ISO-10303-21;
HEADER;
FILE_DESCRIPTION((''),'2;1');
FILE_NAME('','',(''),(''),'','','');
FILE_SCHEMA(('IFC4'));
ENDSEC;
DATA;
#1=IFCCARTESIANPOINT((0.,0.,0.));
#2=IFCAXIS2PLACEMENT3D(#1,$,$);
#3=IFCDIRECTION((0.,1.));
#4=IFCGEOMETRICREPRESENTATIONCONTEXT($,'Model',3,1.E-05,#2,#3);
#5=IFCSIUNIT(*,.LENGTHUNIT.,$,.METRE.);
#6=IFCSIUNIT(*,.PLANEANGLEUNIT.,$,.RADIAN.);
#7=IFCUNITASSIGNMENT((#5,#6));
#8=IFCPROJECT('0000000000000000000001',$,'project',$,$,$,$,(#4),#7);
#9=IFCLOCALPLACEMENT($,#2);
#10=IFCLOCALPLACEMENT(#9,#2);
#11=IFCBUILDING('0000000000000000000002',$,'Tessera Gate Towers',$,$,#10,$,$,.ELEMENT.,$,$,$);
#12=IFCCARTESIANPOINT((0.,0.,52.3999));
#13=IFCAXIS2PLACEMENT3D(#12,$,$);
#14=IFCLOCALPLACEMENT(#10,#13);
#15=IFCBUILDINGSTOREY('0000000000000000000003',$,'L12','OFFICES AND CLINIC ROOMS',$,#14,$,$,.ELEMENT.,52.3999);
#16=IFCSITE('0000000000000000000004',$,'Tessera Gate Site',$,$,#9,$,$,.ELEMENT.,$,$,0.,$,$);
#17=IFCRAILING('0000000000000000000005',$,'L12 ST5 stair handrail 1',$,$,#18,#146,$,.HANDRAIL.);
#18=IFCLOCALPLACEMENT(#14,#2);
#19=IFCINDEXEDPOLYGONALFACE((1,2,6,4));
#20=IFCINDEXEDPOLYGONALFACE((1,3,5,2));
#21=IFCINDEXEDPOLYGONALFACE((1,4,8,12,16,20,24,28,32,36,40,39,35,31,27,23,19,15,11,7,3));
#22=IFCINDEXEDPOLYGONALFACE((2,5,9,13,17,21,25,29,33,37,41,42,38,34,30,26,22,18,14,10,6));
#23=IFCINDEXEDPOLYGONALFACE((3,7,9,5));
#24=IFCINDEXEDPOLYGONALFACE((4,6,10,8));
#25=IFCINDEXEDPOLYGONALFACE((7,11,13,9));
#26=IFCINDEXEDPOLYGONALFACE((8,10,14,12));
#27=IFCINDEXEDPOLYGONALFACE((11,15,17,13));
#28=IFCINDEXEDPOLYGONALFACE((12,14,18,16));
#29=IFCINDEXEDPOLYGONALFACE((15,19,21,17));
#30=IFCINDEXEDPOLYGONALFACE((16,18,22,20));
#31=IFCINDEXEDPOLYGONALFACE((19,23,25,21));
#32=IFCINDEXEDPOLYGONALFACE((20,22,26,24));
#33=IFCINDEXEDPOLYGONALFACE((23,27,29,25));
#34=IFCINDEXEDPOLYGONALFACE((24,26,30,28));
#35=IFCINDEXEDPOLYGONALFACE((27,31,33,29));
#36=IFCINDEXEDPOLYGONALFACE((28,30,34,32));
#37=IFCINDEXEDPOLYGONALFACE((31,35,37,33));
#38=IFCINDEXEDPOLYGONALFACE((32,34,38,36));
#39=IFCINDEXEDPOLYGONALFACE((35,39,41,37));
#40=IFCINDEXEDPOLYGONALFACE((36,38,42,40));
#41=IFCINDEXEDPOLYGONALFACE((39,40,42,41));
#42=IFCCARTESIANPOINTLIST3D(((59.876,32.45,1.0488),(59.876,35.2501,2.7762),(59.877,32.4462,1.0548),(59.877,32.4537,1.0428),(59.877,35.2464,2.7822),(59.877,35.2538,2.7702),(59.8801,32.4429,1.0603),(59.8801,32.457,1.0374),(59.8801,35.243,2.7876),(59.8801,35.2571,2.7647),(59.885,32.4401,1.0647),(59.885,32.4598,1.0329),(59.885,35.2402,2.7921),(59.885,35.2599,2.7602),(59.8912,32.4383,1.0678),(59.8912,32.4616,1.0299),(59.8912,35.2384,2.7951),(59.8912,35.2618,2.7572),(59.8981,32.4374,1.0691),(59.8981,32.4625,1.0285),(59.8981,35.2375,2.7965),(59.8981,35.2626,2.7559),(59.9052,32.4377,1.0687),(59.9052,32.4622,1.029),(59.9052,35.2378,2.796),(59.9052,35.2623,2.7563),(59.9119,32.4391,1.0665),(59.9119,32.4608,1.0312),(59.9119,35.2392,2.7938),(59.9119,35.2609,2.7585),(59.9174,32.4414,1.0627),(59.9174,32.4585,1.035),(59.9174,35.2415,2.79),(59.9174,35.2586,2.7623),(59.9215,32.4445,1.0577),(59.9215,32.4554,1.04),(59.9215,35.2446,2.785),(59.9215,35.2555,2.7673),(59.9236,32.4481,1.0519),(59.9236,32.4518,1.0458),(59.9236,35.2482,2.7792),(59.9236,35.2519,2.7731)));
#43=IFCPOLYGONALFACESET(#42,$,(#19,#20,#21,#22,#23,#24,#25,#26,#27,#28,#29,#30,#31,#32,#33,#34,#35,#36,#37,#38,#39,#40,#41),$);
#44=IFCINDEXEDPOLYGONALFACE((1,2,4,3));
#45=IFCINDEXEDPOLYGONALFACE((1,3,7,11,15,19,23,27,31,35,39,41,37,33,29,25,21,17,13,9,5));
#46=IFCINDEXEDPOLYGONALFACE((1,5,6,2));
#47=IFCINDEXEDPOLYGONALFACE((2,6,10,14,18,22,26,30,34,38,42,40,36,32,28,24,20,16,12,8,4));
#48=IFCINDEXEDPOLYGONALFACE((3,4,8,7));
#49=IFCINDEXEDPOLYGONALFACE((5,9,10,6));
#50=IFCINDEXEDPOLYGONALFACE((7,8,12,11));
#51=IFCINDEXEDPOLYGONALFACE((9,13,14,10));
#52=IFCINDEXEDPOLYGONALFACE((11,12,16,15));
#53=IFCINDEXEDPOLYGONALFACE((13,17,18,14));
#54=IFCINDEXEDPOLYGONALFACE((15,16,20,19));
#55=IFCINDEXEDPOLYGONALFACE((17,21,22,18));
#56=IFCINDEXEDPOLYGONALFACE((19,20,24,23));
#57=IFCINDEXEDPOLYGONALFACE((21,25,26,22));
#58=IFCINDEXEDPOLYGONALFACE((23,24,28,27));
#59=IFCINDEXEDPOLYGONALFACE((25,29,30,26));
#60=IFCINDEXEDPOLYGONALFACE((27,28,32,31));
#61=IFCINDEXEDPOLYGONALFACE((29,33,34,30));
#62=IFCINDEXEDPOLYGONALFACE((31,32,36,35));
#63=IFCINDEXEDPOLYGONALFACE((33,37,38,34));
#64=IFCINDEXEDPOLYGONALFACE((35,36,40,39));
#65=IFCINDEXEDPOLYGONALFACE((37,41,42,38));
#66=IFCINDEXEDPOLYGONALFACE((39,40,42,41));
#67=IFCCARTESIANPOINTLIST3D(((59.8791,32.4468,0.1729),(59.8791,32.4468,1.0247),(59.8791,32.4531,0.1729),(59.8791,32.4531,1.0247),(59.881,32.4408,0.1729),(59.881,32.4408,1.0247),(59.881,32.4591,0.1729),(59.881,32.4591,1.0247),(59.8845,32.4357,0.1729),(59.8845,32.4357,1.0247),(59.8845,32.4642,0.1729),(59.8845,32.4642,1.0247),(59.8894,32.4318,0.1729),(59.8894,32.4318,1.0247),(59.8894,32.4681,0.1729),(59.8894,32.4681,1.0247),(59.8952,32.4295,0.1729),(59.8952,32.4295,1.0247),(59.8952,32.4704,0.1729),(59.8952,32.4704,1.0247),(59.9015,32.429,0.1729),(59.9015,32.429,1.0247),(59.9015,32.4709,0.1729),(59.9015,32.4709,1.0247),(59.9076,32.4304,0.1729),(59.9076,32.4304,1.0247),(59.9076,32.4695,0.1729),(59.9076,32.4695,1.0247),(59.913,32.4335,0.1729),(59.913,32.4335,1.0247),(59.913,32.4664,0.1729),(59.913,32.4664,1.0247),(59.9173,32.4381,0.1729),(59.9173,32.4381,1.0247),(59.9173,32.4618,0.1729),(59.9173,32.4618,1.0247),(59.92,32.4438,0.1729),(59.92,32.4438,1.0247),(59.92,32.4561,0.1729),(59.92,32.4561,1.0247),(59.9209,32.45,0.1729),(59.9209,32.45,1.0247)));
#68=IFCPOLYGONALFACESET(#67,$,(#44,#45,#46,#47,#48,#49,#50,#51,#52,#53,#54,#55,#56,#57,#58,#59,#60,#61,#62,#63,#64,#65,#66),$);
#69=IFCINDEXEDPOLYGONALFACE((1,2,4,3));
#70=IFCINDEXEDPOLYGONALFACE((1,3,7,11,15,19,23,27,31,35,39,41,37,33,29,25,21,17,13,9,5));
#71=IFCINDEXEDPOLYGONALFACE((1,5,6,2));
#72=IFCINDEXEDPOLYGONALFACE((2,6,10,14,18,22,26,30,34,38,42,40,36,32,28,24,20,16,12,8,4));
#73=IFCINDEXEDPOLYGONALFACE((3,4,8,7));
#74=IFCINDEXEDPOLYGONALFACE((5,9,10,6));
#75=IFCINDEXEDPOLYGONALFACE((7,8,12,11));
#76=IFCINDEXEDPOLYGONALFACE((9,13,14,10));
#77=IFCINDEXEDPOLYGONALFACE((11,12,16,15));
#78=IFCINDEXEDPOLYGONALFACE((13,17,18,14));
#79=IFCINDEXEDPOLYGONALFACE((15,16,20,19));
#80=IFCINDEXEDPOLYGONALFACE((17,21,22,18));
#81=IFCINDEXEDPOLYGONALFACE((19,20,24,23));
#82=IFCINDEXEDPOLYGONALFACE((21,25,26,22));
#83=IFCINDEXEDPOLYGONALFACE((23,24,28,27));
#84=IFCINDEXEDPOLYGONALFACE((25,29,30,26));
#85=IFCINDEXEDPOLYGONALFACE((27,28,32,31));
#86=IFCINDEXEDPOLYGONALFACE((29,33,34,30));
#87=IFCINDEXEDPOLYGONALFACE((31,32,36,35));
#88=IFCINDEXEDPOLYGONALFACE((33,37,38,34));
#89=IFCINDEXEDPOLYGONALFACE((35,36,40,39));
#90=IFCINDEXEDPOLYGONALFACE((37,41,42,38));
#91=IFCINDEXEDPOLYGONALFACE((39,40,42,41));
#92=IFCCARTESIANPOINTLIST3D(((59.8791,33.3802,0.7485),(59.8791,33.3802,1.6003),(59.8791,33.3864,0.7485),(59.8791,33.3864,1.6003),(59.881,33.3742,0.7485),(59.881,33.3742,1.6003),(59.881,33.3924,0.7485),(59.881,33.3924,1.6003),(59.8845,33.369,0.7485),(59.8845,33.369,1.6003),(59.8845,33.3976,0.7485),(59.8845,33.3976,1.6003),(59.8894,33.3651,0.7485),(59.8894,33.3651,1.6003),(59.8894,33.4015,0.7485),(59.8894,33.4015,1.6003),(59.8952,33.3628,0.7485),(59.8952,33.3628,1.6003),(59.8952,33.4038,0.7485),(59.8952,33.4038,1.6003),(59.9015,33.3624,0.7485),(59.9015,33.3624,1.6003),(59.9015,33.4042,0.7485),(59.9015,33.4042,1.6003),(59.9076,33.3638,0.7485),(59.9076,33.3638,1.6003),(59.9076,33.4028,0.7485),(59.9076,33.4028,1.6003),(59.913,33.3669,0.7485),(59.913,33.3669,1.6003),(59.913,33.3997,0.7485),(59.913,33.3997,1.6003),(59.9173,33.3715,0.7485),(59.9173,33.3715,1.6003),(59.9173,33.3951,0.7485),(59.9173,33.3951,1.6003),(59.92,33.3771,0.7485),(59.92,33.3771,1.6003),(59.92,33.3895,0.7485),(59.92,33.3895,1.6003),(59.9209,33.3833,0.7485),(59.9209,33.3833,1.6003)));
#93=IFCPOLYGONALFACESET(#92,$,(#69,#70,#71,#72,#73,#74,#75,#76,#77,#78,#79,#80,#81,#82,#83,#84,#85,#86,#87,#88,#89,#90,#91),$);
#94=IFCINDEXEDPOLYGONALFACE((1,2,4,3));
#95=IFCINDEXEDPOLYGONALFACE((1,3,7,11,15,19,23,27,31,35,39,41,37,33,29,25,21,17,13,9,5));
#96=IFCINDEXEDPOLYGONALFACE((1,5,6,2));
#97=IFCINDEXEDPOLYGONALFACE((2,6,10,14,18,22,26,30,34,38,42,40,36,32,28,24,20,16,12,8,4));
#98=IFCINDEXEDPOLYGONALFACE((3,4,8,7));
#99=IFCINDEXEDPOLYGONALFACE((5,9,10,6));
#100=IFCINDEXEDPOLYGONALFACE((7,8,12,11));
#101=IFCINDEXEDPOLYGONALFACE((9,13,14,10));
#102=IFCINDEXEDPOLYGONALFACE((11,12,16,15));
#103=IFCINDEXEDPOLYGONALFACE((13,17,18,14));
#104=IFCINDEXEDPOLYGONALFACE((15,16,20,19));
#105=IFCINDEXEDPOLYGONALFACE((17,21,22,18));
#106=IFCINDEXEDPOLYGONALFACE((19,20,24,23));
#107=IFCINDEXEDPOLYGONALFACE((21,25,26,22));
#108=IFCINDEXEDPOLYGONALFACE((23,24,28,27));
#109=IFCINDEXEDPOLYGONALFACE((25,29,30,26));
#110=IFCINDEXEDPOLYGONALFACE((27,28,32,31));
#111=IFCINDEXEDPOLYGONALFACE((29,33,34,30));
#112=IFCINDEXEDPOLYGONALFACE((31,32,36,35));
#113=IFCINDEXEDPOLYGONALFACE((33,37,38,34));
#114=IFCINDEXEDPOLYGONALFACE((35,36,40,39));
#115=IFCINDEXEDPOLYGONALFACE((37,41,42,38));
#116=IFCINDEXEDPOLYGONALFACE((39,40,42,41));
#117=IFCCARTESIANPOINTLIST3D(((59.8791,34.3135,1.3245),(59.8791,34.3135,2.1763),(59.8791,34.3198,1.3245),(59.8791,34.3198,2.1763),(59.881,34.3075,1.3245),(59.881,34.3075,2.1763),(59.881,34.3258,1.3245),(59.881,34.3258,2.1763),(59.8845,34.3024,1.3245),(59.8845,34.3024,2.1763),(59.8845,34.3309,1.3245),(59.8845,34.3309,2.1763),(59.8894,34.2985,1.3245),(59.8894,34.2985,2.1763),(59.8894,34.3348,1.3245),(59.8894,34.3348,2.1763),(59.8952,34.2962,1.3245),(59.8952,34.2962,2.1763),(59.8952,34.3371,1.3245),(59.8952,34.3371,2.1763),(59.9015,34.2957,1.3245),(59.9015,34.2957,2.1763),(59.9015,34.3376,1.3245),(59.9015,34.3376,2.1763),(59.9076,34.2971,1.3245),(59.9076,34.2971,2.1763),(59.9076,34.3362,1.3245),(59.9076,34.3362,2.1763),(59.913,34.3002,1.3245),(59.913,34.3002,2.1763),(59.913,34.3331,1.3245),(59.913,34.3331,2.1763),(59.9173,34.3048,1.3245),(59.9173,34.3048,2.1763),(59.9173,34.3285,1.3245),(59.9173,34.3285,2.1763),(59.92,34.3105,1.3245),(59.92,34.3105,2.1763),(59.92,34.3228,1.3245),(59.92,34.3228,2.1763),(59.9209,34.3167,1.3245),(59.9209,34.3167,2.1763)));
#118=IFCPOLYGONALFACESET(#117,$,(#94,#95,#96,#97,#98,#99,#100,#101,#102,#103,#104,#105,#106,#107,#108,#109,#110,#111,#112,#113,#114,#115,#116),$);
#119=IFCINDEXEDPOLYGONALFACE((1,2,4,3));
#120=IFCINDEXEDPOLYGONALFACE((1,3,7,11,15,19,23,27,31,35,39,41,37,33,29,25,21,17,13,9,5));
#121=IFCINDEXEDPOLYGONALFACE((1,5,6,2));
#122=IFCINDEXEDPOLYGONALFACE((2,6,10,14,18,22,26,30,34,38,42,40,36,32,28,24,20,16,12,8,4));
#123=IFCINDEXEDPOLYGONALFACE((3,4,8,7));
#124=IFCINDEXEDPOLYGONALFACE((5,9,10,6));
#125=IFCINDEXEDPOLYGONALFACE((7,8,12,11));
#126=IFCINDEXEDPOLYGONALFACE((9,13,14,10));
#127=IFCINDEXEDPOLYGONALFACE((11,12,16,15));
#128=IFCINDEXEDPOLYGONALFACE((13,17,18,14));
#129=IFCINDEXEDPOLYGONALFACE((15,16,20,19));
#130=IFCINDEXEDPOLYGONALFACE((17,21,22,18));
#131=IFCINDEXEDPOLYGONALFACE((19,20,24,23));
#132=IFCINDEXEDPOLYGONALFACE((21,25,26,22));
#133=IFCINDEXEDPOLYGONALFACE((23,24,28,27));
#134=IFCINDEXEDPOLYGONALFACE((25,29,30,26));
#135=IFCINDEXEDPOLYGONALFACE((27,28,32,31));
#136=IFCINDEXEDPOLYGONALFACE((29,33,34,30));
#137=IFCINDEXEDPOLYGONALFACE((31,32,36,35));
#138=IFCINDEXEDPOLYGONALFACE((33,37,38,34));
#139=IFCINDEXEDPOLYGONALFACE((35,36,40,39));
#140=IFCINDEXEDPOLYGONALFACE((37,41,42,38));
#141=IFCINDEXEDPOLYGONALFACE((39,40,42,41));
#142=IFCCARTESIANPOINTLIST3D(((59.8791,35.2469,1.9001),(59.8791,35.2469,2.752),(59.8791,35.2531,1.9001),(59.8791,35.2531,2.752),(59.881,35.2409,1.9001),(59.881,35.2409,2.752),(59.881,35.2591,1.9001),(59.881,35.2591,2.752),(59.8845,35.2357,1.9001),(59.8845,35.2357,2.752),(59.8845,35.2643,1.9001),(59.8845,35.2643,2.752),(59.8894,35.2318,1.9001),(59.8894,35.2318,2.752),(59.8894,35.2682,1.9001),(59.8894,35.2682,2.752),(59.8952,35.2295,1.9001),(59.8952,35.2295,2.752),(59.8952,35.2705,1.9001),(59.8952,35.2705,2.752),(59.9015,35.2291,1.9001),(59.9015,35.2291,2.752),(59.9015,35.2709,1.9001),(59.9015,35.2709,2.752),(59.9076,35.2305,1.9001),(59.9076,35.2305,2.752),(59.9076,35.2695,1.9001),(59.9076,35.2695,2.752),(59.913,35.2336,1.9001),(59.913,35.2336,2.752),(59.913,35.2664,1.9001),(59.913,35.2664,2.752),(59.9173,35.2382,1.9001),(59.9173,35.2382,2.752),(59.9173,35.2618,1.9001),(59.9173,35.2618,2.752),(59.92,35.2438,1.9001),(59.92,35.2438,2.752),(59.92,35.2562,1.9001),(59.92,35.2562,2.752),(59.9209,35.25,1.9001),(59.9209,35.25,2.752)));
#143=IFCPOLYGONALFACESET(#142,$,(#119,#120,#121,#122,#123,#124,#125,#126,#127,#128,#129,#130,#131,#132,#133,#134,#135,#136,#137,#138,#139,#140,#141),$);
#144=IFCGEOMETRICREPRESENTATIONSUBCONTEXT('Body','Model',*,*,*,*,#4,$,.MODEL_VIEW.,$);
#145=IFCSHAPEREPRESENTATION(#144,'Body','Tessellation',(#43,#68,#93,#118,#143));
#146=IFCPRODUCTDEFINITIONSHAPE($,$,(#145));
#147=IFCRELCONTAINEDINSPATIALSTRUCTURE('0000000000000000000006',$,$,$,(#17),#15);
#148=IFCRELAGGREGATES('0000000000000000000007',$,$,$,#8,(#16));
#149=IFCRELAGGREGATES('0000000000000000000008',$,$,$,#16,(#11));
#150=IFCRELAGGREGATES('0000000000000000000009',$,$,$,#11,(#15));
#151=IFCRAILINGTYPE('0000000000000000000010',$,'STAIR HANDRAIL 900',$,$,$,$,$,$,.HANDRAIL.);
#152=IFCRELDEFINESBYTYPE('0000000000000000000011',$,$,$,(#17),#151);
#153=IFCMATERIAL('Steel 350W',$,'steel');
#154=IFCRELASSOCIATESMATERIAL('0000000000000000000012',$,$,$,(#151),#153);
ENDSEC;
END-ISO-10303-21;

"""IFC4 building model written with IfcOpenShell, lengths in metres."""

from ifc_helpers import new_model, si_unit, direction, frame, origin, origin_2d, place, context, subcontext, project, spatial, circle, extrude, material, type_object, element, save


model = new_model("IFC4")

# Units and contexts
model_context = context("Model", 3, precision=1e-05, world=origin(), true_north=direction((0.0, 1.0)))
body_context = subcontext(model_context, "Body", "Model", "MODEL_VIEW")
ifc_project = project(units=[si_unit("LENGTHUNIT", "METRE"), si_unit("PLANEANGLEUNIT", "RADIAN")], contexts=[model_context])

# Site, building, storey
site_placement = place(None, origin())
site = spatial("IfcSite", under=ifc_project, at=site_placement, Name="Tessera Gate Site", CompositionType="ELEMENT", RefElevation=0.0)
building_placement = place(site_placement, origin())
building = spatial("IfcBuilding", under=site, at=building_placement, Name="Tessera Gate Towers", CompositionType="ELEMENT")
storey_placement = place(building_placement, frame((0.0, 0.0, 52.3999)))
storey = spatial("IfcBuildingStorey", under=building, at=storey_placement, Name="L12", Description="OFFICES AND CLINIC ROOMS", CompositionType="ELEMENT", Elevation=52.3999)

# Railing
ifc_material_1 = material(Name="Steel 350W", Category="steel")
railing_type_1 = type_object("IfcRailingType", Name="STAIR HANDRAIL 900", PredefinedType="HANDRAIL", material=ifc_material_1)
railing_1_placement = place(storey_placement, frame((59.8999, 32.45, 0.1729)))
element("IfcRailing", 1, at=railing_1_placement, inside=storey, type_object=railing_type_1, Name="L12 ST5 stair handrail 1", PredefinedType="HANDRAIL", context=body_context, shape_type="SweptSolid", body=[
    extrude(circle(Radius=0.0239, at=origin_2d()), frame((0.0, 0.0, 0.876), z_axis=(0.0, 0.85109, 0.52502), x_axis=(-1.0, 0.0, 0.0)), (0.0, 0.0, 1.0), 3.29),
    extrude(circle(Radius=0.021, at=origin_2d()), origin(), (0.0, 0.0, 1.0), 0.8518),
    extrude(circle(Radius=0.021, at=origin_2d()), frame((0.0, 0.9333, 0.5757)), (0.0, 0.0, 1.0), 0.8518),
    extrude(circle(Radius=0.021, at=origin_2d()), frame((0.0, 1.8667, 1.1516)), (0.0, 0.0, 1.0), 0.8518),
    extrude(circle(Radius=0.021, at=origin_2d()), frame((0.0, 2.8, 1.7273)), (0.0, 0.0, 1.0), 0.8518),
])

save(model, "model.ifc")
